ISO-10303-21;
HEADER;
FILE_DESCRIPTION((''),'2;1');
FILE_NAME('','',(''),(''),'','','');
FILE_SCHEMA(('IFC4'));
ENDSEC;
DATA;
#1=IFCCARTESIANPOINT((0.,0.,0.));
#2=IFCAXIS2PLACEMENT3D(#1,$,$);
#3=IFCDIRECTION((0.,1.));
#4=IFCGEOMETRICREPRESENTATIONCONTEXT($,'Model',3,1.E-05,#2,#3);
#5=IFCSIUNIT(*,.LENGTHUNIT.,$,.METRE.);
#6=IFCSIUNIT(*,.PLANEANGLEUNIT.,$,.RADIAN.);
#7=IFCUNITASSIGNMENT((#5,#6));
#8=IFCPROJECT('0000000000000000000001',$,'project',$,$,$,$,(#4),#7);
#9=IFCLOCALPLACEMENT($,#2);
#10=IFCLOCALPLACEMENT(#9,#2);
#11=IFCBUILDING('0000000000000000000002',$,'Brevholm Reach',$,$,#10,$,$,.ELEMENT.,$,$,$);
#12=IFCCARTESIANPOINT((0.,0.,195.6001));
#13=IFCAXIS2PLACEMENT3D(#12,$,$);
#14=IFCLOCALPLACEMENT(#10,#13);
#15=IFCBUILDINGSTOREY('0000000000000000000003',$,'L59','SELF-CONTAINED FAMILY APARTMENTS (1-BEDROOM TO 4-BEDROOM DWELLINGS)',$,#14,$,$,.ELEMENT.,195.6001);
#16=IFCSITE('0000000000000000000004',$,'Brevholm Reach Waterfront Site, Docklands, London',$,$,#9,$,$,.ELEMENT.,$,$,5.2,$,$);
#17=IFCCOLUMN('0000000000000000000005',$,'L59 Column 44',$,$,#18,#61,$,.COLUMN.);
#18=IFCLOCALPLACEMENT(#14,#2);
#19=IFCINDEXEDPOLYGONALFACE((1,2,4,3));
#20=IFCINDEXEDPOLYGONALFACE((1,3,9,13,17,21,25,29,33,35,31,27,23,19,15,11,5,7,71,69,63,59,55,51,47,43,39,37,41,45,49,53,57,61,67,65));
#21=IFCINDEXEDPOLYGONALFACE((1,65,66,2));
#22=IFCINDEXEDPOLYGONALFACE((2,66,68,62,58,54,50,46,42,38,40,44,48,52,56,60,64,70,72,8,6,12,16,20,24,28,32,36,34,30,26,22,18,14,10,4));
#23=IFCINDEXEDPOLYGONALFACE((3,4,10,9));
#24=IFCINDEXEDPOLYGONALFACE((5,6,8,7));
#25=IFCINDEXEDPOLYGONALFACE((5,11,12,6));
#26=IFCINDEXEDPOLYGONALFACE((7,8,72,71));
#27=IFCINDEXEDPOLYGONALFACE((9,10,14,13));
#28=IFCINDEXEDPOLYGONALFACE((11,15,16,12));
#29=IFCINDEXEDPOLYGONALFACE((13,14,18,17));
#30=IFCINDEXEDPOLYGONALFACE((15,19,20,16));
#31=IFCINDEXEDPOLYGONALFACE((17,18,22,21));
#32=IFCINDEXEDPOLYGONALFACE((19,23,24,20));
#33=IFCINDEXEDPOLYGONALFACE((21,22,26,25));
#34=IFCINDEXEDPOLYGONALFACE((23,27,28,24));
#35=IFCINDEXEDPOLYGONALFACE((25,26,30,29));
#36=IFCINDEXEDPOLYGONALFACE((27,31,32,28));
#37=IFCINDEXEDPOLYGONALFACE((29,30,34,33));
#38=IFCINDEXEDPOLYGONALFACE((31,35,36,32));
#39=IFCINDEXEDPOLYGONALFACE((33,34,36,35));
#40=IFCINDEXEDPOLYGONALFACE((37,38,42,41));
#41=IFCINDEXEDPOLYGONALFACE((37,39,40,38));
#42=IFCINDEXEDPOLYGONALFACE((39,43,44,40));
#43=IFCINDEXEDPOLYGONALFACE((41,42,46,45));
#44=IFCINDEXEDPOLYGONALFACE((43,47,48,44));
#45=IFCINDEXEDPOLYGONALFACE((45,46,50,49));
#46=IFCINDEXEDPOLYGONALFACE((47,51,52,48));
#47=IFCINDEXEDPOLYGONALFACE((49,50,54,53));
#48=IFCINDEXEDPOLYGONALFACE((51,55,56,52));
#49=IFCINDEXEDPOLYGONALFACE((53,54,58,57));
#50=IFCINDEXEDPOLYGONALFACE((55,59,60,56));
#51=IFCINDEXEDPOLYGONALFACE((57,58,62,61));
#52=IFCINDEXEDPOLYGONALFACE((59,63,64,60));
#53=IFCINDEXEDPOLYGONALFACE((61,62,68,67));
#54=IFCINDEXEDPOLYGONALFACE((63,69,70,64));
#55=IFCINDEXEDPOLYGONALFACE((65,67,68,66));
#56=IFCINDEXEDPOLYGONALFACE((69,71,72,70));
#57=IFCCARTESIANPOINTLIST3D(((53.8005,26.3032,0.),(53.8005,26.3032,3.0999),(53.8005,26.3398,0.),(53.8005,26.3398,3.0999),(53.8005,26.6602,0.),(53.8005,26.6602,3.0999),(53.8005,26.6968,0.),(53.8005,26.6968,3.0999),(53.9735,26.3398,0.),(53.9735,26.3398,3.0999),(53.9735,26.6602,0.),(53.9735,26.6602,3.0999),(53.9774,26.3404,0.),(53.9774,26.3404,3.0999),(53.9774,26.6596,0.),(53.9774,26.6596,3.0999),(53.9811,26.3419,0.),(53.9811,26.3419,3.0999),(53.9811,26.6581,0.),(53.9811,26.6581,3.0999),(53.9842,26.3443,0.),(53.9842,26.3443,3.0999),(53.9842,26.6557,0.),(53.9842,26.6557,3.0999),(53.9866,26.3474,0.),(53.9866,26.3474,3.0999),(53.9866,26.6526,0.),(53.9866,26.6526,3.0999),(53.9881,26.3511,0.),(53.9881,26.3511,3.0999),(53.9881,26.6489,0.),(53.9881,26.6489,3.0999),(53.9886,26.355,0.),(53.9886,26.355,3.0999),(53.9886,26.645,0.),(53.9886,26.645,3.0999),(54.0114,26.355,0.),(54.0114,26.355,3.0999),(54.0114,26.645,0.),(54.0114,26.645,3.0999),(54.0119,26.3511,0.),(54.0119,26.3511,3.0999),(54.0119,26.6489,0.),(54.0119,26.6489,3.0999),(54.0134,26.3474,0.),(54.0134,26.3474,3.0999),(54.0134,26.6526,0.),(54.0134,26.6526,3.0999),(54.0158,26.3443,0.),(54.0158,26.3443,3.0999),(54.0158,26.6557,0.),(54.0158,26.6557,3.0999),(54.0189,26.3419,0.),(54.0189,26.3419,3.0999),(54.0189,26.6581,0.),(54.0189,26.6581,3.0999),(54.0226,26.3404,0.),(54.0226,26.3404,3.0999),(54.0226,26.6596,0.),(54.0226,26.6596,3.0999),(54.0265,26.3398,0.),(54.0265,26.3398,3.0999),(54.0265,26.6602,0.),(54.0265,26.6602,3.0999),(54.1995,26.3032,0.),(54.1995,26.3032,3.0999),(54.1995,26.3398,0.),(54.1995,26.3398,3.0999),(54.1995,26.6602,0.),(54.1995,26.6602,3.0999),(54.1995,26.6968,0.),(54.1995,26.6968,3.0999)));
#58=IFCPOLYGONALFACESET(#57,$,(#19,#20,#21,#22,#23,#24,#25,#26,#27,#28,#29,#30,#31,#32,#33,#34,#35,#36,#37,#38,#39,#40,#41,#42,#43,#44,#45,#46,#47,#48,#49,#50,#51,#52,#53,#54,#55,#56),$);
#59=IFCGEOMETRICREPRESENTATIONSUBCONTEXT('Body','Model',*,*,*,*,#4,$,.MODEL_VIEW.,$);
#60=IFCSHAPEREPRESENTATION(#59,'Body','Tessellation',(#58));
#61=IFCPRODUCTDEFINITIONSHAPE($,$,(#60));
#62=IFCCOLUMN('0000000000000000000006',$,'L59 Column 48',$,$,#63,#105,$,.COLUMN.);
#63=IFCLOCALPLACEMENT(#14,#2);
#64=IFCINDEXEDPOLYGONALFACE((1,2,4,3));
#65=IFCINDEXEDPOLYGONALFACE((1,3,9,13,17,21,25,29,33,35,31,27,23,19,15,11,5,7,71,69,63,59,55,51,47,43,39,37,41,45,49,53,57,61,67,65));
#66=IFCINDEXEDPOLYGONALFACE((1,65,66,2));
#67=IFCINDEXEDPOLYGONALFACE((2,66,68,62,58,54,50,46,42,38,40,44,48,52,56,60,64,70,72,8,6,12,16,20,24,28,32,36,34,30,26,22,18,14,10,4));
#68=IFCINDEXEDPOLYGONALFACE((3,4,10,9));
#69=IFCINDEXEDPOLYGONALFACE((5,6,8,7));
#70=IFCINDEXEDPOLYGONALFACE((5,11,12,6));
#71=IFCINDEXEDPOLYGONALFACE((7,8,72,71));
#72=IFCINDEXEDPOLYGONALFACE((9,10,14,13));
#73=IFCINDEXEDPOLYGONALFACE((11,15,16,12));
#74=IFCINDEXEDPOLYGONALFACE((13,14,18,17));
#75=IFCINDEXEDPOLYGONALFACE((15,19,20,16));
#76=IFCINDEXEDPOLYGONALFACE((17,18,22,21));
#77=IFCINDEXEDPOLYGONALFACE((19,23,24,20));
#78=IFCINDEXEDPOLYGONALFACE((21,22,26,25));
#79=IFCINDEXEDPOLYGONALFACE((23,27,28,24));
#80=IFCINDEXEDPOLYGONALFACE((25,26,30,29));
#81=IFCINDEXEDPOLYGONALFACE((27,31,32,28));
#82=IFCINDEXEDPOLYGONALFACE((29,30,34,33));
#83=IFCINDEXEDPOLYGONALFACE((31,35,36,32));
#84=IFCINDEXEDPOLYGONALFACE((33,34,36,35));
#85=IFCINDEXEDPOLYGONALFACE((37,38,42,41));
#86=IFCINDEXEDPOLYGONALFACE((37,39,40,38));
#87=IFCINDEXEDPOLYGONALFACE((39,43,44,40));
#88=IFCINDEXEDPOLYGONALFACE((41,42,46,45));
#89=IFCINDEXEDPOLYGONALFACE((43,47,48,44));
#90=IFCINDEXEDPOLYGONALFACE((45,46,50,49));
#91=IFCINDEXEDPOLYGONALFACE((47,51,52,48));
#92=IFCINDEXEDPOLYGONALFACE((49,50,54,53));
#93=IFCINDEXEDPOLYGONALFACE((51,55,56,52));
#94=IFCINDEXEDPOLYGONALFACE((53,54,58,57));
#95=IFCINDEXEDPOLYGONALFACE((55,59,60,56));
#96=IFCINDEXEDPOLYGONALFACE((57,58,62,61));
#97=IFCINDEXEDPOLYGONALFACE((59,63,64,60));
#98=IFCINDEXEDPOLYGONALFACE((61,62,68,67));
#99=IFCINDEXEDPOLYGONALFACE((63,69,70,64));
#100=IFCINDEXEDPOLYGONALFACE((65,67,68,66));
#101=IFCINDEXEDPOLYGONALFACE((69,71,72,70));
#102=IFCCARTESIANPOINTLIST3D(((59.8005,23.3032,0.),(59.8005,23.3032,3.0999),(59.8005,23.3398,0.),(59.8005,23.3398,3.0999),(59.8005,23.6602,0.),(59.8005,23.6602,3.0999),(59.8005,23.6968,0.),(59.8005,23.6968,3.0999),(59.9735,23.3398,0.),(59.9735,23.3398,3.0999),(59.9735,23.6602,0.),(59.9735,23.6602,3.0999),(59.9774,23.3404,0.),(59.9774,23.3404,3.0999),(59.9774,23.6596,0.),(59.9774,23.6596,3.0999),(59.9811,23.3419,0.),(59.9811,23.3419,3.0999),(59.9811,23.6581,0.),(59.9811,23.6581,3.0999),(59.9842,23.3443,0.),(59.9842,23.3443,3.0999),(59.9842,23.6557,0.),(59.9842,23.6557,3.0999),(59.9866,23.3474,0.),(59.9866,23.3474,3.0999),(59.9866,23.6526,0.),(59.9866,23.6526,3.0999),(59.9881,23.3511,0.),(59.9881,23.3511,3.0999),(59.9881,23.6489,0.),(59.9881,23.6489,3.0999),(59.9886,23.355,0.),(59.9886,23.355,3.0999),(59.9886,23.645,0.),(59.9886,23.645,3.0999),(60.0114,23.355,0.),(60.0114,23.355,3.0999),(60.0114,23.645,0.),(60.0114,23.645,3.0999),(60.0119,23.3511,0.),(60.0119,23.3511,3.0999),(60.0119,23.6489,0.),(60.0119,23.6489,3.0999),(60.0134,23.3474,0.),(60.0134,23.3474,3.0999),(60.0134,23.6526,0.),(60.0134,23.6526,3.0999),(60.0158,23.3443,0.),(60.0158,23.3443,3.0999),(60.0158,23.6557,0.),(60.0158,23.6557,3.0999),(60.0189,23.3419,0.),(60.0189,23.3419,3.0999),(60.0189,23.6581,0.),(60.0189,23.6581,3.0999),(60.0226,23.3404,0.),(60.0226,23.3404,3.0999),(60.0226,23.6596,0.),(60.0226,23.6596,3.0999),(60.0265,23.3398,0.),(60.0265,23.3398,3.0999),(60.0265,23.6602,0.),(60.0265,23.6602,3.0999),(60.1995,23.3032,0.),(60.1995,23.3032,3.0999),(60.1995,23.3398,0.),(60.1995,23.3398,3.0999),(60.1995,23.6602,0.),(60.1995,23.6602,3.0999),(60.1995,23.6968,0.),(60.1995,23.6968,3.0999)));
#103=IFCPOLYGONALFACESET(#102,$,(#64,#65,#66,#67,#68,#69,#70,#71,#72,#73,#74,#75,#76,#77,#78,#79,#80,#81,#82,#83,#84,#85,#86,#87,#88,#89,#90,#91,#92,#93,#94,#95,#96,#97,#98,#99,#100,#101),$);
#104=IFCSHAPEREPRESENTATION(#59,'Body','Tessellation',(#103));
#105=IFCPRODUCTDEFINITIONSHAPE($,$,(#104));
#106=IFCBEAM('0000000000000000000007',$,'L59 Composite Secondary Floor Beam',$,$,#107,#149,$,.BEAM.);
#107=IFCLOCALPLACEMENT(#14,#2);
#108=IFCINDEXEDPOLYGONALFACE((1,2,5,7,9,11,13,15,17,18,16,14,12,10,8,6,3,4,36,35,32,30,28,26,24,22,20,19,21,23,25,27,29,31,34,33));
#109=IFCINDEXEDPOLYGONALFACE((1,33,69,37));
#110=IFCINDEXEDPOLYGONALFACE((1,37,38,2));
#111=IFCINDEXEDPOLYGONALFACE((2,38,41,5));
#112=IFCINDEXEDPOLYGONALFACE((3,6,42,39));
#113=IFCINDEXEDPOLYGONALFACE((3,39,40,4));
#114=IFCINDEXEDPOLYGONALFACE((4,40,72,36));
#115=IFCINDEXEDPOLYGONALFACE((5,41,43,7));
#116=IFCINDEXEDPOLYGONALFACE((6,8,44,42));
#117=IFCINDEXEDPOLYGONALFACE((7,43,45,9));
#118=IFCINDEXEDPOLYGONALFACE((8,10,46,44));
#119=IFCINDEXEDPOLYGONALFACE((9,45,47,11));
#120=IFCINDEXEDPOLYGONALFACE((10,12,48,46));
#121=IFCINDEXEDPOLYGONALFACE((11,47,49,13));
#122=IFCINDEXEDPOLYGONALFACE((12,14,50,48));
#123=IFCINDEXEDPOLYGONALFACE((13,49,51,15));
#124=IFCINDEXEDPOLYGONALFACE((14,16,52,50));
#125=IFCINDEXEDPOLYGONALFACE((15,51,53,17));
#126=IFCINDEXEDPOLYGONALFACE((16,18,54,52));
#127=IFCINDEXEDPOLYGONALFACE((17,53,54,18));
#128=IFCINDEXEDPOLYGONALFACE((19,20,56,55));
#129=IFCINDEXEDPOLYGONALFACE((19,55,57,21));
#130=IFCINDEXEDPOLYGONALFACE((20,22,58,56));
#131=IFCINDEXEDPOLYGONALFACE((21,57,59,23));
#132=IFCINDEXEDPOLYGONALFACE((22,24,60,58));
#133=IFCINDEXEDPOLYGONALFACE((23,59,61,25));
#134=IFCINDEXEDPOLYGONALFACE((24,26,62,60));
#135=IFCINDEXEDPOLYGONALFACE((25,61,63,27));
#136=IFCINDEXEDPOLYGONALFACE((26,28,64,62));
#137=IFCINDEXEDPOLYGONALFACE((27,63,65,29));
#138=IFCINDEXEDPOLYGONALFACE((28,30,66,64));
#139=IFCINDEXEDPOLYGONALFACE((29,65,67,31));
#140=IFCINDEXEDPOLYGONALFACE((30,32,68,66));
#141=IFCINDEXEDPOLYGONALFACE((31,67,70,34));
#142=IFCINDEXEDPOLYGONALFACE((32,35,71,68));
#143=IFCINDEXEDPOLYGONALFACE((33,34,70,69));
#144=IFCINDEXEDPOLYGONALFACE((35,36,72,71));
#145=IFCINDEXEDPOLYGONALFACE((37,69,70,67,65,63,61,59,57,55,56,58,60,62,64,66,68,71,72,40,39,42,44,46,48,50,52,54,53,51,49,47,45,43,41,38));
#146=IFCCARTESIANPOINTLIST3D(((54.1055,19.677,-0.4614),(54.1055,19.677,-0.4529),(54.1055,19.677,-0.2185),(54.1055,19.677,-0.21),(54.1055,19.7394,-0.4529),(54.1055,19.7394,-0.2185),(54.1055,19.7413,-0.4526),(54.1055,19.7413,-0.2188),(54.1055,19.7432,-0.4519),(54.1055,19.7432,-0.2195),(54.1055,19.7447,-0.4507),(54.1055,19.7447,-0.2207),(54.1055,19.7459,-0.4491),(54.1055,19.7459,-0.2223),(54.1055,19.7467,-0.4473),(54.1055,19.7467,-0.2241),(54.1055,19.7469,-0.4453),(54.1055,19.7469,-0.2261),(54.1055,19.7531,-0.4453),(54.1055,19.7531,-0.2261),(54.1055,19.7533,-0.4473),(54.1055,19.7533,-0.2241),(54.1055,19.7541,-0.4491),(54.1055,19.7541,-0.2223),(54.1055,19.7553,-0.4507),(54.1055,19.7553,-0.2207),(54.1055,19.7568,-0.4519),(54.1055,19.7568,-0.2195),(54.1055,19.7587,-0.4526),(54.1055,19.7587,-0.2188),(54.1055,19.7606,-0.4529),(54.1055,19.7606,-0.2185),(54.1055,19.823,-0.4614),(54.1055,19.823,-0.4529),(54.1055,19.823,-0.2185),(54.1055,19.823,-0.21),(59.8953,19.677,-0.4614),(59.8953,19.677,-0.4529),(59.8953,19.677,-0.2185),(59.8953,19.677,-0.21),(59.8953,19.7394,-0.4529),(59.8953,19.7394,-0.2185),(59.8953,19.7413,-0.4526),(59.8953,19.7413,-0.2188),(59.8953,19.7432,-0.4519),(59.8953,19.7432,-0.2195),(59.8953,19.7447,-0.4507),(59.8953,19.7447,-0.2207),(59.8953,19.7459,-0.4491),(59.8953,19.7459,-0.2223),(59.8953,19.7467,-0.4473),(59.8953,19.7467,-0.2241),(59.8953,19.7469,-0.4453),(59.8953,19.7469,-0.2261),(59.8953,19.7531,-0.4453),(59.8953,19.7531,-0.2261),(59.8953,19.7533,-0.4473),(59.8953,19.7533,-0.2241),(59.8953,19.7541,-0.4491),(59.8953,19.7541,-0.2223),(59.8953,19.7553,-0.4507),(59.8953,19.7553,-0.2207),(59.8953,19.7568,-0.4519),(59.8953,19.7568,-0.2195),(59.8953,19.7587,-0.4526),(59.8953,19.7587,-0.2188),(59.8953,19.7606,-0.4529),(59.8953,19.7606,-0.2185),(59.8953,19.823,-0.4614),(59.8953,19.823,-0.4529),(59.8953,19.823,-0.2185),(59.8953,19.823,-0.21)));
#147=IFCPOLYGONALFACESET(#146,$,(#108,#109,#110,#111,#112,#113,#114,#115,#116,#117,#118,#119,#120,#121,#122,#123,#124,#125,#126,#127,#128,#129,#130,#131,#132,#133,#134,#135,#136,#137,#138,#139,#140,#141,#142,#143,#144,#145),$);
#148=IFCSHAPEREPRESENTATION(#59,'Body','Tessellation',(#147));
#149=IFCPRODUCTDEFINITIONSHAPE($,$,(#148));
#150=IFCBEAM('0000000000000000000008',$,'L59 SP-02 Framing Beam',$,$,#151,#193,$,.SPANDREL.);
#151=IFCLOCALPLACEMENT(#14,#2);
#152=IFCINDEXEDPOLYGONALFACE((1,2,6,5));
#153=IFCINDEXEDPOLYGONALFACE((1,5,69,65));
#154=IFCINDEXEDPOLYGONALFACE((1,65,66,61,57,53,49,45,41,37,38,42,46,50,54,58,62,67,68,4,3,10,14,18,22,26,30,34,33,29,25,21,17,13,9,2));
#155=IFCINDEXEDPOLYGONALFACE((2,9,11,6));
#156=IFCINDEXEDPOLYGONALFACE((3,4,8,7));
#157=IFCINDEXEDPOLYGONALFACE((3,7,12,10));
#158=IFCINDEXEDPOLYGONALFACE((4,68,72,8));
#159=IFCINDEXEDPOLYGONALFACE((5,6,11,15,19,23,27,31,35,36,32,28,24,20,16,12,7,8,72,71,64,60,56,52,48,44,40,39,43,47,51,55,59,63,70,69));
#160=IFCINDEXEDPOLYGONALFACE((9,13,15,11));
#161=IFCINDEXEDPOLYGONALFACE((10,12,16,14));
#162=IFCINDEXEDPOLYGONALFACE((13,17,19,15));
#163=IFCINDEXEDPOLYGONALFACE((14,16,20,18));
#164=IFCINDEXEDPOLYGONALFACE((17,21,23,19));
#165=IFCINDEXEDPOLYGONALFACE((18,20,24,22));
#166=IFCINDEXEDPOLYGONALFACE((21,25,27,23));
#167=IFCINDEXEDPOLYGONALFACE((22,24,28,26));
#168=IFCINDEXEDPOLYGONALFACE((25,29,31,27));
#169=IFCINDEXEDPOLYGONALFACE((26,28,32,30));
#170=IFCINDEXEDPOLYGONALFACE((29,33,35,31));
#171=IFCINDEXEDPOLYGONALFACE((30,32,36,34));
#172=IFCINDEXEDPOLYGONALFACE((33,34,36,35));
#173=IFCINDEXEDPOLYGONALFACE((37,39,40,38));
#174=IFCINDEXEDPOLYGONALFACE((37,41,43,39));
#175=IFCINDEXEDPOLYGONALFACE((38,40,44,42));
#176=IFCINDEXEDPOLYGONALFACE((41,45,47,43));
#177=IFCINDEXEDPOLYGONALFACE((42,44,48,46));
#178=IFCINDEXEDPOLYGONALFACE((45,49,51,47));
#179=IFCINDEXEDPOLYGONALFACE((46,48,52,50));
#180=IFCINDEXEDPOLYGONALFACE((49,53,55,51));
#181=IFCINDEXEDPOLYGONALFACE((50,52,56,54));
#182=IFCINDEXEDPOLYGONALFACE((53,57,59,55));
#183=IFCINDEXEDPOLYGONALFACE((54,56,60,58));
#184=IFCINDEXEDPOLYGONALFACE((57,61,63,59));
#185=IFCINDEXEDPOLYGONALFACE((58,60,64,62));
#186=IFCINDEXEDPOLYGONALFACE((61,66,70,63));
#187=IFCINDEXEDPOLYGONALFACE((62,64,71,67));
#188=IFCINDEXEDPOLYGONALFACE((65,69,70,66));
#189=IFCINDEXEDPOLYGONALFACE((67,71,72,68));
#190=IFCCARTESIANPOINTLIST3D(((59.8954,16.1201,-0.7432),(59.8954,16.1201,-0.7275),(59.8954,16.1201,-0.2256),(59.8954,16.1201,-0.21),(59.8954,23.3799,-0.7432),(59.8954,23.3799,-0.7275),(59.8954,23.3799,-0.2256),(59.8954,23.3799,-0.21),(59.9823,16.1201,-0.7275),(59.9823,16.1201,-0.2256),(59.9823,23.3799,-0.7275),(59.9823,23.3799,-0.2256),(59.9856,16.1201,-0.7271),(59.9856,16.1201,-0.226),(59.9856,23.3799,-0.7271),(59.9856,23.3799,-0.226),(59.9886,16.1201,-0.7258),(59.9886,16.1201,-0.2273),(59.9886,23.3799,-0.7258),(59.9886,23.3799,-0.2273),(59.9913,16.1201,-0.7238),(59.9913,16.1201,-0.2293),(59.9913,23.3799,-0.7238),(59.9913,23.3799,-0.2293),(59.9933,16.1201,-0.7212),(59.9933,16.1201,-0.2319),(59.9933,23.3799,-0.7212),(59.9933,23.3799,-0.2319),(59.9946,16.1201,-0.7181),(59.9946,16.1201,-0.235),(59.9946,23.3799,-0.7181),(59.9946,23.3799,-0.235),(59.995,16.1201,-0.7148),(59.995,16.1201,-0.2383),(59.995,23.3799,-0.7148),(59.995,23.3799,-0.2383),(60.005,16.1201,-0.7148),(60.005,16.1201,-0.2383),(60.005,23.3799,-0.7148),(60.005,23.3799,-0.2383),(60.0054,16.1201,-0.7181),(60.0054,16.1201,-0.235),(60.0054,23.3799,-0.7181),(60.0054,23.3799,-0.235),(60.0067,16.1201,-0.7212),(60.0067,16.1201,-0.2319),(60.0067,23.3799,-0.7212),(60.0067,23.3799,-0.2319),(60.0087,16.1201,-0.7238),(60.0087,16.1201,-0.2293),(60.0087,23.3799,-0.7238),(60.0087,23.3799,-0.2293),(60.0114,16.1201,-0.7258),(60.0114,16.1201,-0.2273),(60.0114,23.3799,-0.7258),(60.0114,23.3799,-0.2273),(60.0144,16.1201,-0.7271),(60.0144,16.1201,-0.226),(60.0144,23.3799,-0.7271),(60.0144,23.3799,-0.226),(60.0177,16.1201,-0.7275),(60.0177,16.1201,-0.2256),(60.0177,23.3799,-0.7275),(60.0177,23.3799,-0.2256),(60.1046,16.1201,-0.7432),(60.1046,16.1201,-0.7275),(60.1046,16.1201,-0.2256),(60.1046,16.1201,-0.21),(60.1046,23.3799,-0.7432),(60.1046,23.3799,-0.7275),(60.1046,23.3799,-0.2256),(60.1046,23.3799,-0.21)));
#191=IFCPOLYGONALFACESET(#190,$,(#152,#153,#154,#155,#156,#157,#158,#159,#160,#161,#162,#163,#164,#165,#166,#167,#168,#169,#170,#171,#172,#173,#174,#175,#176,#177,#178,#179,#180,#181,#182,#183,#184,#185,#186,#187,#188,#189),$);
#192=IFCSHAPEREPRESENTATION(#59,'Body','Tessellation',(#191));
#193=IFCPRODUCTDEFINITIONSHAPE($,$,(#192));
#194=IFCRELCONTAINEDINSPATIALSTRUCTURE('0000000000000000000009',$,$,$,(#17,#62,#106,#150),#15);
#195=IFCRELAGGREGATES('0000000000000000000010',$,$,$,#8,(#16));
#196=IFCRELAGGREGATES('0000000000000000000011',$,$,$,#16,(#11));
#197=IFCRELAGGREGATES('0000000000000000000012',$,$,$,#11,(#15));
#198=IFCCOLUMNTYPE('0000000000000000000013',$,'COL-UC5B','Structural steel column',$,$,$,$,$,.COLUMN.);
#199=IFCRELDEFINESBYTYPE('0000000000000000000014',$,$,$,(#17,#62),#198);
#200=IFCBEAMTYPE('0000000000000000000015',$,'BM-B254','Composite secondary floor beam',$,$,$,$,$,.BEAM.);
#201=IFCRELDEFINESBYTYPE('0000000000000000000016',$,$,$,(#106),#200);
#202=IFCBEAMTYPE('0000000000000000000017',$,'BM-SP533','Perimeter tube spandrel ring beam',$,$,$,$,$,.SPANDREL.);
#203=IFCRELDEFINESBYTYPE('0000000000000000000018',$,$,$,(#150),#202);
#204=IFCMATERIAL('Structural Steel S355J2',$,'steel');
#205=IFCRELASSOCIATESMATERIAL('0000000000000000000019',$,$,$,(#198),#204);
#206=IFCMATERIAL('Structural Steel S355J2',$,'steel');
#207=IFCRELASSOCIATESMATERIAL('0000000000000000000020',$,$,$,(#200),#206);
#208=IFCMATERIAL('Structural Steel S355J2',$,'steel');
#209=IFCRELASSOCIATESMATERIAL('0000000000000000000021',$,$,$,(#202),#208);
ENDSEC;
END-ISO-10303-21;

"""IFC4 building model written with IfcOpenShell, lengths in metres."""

from ifc_helpers import new_model, si_unit, direction, frame, origin, origin_2d, place, context, subcontext, project, spatial, i_section, extrude, material, material_profile, profile_set, type_object, element, save


model = new_model("IFC4")

# Units and contexts
model_context = context("Model", 3, precision=1e-05, world=origin(), true_north=direction((0.0, 1.0)))
body_context = subcontext(model_context, "Body", "Model", "MODEL_VIEW")
ifc_project = project(units=[si_unit("LENGTHUNIT", "METRE"), si_unit("PLANEANGLEUNIT", "RADIAN")], contexts=[model_context])

# Site, building, storey
site_placement = place(None, origin())
site = spatial("IfcSite", under=ifc_project, at=site_placement, Name="Brevholm Reach Waterfront Site, Docklands, London", CompositionType="ELEMENT", RefElevation=5.2)
building_placement = place(site_placement, origin())
building = spatial("IfcBuilding", under=site, at=building_placement, Name="Brevholm Reach", CompositionType="ELEMENT")
storey_placement = place(building_placement, frame((0.0, 0.0, 195.6001)))
storey = spatial("IfcBuildingStorey", under=building, at=storey_placement, Name="L59", Description="SELF-CONTAINED FAMILY APARTMENTS (1-BEDROOM TO 4-BEDROOM DWELLINGS)", CompositionType="ELEMENT", Elevation=195.6001)

# Columns
ifc_material_1 = material(Name="Structural Steel S355J2", Category="steel")
ifc_material_profile_1 = material_profile(ifc_material_1, i_section(OverallWidth=0.3989, OverallDepth=0.3936, WebThickness=0.0227, FlangeThickness=0.0366, FilletRadius=0.0151, at=origin_2d()), Name="UKC 356x406x287")
ifc_profile_set_1 = profile_set([ifc_material_profile_1], Name="Structural Steel S355J2")
column_type = type_object("IfcColumnType", Name="COL-UC5B", Description="Structural steel column", PredefinedType="COLUMN", material=ifc_profile_set_1)
for number, where, z_axis, x_axis, name in (
    (1, (54.0, 26.5, 0.0), (0.0, 0.0, 1.0), (1.0, 0.0, 0.0), "L59 Column 44"),
    (2, (60.0, 23.5, 0.0), (0.0, 0.0, 1.0), (1.0, 0.0, 0.0), "L59 Column 48"),
):
    element("IfcColumn", number, at=place(storey_placement, frame(where, z_axis=z_axis, x_axis=x_axis)), inside=storey, type_object=column_type, Name=name, PredefinedType="COLUMN", context=body_context, shape_type="SweptSolid", body=[
        extrude(i_section(OverallWidth=0.3989, OverallDepth=0.3936, WebThickness=0.0227, FlangeThickness=0.0366, FilletRadius=0.0151, at=origin_2d()), origin(), (0.0, 0.0, 1.0), 3.0999),
    ])

# Beams
ifc_material_2 = material(Name="Structural Steel S355J2", Category="steel")
ifc_material_profile_2 = material_profile(ifc_material_2, i_section(OverallWidth=0.146, OverallDepth=0.2515, WebThickness=0.0061, FlangeThickness=0.0085, FilletRadius=0.0076, at=origin_2d()), Name="UKB 254x146x31")
ifc_profile_set_2 = profile_set([ifc_material_profile_2], Name="Structural Steel S355J2")
beam_type_1 = type_object("IfcBeamType", Name="BM-B254", Description="Composite secondary floor beam", PredefinedType="BEAM", material=ifc_profile_set_2)
beam_1_placement = place(storey_placement, frame((54.1055, 19.75, -0.3357), z_axis=(1.0, 0.0, 0.0), x_axis=(0.0, 1.0, 0.0)))
element("IfcBeam", 3, at=beam_1_placement, inside=storey, type_object=beam_type_1, Name="L59 Composite Secondary Floor Beam", PredefinedType="BEAM", context=body_context, shape_type="SweptSolid", body=[
    extrude(i_section(OverallWidth=0.146, OverallDepth=0.2515, WebThickness=0.0061, FlangeThickness=0.0085, FilletRadius=0.0076, at=origin_2d()), origin(), (0.0, 0.0, 1.0), 5.7898),
])
ifc_material_3 = material(Name="Structural Steel S355J2", Category="steel")
ifc_material_profile_3 = material_profile(ifc_material_3, i_section(OverallWidth=0.2092, OverallDepth=0.5332, WebThickness=0.01, FlangeThickness=0.0156, FilletRadius=0.0127, at=origin_2d()), Name="UKB 533x210x92")
ifc_profile_set_3 = profile_set([ifc_material_profile_3], Name="Structural Steel S355J2")
beam_type_2 = type_object("IfcBeamType", Name="BM-SP533", Description="Perimeter tube spandrel ring beam", PredefinedType="SPANDREL", material=ifc_profile_set_3)
beam_2_placement = place(storey_placement, frame((60.0, 16.1201, -0.4766), z_axis=(0.0, 1.0, 0.0), x_axis=(-1.0, 0.0, 0.0)))
element("IfcBeam", 4, at=beam_2_placement, inside=storey, type_object=beam_type_2, Name="L59 SP-02 Framing Beam", PredefinedType="SPANDREL", context=body_context, shape_type="SweptSolid", body=[
    extrude(i_section(OverallWidth=0.2092, OverallDepth=0.5332, WebThickness=0.01, FlangeThickness=0.0156, FilletRadius=0.0127, at=origin_2d()), origin(), (0.0, 0.0, 1.0), 7.2598),
])

save(model, "model.ifc")
